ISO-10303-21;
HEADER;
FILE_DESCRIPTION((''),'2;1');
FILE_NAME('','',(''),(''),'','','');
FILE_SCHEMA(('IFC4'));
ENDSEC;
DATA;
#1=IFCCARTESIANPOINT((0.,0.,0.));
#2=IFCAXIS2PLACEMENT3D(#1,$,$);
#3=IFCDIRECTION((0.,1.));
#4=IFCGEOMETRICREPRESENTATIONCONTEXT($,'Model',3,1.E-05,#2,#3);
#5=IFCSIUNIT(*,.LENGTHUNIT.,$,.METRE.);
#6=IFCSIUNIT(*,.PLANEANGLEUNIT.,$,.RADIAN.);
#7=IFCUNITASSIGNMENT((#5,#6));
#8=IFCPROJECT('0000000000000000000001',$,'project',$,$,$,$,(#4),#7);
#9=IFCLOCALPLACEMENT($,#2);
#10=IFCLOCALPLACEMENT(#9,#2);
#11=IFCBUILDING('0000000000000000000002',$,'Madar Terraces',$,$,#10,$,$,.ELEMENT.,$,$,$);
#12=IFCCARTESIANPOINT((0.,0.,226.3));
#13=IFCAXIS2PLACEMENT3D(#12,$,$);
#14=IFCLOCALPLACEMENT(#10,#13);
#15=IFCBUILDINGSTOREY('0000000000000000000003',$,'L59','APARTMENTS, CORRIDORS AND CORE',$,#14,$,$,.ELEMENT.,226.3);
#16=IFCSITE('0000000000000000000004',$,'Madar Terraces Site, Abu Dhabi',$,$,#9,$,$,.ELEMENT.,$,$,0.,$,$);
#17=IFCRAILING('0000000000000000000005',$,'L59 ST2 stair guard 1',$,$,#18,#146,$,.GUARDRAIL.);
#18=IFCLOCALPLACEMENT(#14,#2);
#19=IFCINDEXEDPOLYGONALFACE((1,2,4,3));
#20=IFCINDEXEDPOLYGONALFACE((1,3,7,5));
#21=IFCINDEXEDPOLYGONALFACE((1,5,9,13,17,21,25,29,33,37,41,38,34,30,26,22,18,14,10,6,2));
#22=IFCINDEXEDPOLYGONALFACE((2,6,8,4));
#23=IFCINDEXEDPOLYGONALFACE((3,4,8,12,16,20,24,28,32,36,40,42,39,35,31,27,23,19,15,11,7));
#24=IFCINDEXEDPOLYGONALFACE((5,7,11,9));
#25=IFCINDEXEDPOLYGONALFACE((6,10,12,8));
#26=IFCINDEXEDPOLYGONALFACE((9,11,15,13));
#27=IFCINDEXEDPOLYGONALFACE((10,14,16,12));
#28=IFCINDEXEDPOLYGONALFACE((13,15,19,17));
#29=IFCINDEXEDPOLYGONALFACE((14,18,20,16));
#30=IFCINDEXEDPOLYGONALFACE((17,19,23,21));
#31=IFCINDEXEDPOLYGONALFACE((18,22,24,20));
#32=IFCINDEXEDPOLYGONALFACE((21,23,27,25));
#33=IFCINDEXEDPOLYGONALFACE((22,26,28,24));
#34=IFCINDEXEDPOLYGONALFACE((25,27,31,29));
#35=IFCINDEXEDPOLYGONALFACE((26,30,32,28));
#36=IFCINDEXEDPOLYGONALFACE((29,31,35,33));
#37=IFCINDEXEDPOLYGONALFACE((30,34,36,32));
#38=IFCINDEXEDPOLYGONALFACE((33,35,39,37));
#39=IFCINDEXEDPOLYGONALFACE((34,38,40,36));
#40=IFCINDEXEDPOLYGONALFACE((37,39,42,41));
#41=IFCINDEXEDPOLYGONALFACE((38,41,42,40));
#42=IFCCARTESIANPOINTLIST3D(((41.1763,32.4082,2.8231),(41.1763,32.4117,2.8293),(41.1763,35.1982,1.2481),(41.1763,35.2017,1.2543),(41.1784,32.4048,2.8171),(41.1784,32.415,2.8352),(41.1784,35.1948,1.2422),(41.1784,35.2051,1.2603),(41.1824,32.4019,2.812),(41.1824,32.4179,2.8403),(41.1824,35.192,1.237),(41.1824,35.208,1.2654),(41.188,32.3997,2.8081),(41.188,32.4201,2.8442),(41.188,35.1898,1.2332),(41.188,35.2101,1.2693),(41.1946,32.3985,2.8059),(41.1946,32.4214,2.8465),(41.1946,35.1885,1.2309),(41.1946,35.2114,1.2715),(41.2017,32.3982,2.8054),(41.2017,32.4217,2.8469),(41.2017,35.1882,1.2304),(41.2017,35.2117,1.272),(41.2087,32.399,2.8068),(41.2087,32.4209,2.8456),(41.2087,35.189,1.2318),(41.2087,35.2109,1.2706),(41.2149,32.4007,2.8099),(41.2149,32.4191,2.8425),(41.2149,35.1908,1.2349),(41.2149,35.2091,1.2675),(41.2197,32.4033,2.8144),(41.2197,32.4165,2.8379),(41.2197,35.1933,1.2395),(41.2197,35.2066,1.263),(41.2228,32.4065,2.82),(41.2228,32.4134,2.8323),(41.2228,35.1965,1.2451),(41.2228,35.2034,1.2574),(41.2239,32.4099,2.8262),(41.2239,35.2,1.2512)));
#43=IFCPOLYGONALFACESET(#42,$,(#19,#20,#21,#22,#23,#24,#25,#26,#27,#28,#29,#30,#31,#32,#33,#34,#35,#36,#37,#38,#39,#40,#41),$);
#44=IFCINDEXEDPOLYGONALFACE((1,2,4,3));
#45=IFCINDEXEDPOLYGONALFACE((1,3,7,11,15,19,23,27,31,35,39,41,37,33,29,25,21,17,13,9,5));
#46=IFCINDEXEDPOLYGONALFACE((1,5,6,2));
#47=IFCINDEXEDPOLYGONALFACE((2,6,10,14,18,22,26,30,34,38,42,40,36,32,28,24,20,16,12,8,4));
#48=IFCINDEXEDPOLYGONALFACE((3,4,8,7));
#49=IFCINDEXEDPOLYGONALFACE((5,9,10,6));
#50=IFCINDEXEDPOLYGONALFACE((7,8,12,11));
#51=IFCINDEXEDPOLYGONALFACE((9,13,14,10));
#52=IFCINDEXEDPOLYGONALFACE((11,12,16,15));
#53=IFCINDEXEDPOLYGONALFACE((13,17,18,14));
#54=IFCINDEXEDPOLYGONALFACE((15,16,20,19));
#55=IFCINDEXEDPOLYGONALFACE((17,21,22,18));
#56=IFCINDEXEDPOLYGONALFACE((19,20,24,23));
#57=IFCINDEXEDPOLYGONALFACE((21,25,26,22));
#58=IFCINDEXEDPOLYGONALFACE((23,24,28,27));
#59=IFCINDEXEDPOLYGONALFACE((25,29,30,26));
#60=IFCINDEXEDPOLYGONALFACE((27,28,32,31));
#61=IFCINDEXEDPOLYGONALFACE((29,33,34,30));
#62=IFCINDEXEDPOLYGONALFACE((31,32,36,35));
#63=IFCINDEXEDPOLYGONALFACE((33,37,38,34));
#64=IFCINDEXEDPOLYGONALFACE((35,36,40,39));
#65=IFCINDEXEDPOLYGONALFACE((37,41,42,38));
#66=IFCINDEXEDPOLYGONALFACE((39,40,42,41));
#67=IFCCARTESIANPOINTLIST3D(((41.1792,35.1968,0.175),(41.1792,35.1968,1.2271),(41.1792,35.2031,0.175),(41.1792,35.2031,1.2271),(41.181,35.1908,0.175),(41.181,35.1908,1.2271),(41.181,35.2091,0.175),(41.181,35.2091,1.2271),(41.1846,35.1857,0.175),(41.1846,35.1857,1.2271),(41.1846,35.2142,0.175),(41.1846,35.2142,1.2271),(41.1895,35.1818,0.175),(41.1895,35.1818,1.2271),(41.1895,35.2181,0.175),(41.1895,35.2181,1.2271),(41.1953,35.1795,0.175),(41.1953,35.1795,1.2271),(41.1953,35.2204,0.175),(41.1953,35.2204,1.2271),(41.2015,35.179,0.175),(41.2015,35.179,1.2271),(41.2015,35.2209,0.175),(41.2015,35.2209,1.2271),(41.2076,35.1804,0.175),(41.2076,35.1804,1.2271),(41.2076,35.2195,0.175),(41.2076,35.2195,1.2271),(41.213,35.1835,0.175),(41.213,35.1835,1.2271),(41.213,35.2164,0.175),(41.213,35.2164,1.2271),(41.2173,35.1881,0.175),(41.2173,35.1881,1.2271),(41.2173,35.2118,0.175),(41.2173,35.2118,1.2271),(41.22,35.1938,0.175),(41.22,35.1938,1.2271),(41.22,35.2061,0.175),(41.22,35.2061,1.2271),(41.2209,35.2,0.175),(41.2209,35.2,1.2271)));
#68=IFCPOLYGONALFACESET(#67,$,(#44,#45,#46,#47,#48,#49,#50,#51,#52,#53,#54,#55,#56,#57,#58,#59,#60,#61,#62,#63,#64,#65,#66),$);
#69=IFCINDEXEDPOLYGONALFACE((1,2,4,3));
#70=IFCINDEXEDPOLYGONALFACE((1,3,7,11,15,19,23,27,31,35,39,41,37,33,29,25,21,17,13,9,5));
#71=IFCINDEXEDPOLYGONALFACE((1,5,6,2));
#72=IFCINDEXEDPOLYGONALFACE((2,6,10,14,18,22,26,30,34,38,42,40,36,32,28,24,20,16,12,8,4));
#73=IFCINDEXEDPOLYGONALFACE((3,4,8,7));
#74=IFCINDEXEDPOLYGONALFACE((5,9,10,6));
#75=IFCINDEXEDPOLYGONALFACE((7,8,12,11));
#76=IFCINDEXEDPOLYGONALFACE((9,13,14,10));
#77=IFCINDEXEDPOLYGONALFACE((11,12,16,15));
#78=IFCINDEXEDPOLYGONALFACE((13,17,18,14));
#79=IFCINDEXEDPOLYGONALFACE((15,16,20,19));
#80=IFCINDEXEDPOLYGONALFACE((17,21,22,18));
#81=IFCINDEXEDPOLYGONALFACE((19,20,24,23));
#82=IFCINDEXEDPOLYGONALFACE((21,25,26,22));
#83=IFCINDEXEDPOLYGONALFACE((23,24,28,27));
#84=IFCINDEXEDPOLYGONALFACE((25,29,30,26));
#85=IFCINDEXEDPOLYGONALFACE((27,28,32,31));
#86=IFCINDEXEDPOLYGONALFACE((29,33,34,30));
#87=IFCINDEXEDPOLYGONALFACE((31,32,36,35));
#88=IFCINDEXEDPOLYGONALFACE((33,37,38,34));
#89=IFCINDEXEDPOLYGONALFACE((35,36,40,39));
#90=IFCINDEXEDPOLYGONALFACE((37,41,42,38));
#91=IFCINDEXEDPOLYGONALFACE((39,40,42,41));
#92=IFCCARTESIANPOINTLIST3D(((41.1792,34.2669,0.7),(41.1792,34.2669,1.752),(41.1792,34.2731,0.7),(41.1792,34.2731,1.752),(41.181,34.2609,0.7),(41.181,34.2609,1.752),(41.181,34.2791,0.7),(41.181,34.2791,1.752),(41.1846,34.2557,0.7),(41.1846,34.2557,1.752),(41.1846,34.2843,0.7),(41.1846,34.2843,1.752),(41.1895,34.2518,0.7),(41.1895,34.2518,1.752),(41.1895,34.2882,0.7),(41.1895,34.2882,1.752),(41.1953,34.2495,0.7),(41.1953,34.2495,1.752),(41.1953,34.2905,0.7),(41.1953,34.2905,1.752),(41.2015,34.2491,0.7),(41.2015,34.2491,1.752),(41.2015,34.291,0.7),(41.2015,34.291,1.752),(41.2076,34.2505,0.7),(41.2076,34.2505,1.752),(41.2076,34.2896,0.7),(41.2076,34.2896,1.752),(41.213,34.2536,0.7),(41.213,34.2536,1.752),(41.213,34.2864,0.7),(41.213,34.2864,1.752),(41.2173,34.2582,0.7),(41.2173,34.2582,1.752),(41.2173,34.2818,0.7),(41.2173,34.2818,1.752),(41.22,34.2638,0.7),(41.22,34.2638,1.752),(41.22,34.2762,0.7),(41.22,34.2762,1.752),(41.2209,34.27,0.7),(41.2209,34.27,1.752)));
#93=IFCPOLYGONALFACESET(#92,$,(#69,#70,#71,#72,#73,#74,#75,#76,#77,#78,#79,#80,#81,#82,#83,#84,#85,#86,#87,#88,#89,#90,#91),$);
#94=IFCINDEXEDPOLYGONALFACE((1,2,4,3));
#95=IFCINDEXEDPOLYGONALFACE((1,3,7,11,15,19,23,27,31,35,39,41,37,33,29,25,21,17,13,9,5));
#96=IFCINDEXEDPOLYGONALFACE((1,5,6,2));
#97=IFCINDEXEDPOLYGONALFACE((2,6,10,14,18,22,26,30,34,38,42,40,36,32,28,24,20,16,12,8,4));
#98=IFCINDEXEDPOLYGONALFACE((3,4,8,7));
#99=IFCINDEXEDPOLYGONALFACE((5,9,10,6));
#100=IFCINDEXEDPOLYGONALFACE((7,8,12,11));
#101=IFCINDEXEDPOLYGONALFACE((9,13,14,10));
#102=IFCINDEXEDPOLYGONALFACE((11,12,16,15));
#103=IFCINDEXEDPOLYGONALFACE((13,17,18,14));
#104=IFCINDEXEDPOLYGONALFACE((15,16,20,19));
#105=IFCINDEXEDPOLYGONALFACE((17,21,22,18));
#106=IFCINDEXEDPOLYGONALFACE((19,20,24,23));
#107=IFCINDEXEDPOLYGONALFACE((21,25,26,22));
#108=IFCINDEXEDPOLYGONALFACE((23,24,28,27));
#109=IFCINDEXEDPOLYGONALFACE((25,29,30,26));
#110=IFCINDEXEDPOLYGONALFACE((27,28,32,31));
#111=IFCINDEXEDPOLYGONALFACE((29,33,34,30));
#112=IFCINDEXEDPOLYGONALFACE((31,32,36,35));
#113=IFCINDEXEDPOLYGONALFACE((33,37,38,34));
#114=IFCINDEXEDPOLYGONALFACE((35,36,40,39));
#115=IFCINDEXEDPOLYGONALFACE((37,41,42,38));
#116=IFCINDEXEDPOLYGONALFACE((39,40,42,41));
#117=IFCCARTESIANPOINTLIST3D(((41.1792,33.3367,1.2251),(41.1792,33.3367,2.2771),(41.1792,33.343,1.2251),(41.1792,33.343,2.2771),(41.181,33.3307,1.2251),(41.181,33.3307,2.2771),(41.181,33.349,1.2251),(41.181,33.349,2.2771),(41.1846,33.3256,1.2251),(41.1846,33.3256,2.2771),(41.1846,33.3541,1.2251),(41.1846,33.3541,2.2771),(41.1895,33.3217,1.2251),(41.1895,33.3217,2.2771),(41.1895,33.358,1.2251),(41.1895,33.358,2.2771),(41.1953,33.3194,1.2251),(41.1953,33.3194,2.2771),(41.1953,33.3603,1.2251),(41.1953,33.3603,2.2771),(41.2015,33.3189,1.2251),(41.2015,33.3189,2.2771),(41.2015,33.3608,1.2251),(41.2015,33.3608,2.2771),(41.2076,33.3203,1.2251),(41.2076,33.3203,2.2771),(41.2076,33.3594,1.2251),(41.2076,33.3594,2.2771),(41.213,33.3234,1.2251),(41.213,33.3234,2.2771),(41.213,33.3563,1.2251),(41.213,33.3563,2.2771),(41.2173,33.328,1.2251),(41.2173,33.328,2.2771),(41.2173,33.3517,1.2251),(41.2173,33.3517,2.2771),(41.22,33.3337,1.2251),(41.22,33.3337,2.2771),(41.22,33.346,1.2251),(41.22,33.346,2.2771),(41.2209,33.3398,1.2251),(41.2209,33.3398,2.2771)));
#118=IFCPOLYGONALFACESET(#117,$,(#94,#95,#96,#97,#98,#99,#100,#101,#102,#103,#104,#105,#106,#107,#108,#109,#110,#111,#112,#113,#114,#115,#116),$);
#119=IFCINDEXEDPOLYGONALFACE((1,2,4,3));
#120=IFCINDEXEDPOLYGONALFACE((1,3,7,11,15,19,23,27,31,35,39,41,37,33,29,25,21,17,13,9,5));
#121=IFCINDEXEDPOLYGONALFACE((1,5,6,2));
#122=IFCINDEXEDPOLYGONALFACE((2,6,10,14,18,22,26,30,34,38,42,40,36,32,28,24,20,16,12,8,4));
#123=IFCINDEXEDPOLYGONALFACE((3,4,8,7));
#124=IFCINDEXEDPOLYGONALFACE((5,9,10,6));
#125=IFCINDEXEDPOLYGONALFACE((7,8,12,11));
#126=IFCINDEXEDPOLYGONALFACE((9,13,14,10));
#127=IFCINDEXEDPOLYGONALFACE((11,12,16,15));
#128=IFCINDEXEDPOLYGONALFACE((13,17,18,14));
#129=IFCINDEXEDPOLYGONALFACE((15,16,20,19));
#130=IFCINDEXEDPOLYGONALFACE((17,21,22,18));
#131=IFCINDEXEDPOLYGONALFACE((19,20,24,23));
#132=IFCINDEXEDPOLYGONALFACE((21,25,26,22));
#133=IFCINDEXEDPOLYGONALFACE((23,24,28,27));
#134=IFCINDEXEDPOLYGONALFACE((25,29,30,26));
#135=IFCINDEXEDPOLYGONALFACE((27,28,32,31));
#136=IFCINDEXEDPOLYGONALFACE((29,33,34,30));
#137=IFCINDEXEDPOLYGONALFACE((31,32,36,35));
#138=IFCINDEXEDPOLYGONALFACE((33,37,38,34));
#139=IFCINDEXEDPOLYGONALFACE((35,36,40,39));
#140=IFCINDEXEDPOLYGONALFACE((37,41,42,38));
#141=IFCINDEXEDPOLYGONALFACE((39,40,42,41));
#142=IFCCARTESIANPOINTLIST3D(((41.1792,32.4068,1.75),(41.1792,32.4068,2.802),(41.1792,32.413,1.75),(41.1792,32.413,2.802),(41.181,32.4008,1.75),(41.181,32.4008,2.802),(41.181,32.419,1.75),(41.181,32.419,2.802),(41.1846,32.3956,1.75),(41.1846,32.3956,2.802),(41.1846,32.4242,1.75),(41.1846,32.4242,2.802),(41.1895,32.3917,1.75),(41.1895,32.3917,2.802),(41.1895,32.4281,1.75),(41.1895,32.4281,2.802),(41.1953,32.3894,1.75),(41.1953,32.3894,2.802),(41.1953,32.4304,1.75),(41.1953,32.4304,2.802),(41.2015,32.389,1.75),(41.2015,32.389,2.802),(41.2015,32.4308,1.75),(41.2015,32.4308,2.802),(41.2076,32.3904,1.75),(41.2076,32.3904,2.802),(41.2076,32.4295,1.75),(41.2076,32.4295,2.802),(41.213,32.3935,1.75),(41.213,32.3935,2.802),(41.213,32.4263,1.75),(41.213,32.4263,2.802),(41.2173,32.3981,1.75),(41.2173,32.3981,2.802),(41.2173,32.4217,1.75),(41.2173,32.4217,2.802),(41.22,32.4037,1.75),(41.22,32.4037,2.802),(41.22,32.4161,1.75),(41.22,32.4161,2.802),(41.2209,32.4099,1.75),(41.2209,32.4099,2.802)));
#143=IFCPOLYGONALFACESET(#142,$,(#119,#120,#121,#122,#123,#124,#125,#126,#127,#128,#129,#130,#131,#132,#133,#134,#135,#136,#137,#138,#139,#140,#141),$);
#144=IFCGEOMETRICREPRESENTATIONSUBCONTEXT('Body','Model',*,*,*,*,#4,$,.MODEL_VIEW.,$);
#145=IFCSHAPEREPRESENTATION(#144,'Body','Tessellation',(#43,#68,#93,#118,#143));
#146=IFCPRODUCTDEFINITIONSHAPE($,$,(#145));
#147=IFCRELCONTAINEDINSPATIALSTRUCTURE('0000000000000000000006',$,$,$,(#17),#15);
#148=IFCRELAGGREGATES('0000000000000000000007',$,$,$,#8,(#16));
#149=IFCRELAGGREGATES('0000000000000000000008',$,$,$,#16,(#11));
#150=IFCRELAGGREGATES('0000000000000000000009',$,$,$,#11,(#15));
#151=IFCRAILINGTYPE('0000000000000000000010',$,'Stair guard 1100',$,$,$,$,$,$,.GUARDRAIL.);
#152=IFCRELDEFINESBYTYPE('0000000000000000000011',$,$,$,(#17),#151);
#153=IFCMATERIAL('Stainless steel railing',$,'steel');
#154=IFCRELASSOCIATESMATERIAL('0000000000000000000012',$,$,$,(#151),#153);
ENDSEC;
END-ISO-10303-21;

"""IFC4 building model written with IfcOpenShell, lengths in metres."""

from ifc_helpers import new_model, si_unit, direction, frame, origin, origin_2d, place, context, subcontext, project, spatial, circle, extrude, material, type_object, element, save


model = new_model("IFC4")

# Units and contexts
model_context = context("Model", 3, precision=1e-05, world=origin(), true_north=direction((0.0, 1.0)))
body_context = subcontext(model_context, "Body", "Model", "MODEL_VIEW")
ifc_project = project(units=[si_unit("LENGTHUNIT", "METRE"), si_unit("PLANEANGLEUNIT", "RADIAN")], contexts=[model_context])

# Site, building, storey
site_placement = place(None, origin())
site = spatial("IfcSite", under=ifc_project, at=site_placement, Name="Madar Terraces Site, Abu Dhabi", CompositionType="ELEMENT", RefElevation=0.0)
building_placement = place(site_placement, origin())
building = spatial("IfcBuilding", under=site, at=building_placement, Name="Madar Terraces", CompositionType="ELEMENT")
storey_placement = place(building_placement, frame((0.0, 0.0, 226.3)))
storey = spatial("IfcBuildingStorey", under=building, at=storey_placement, Name="L59", Description="APARTMENTS, CORRIDORS AND CORE", CompositionType="ELEMENT", Elevation=226.3)

# Railing
ifc_material_1 = material(Name="Stainless steel railing", Category="steel")
railing_type = type_object("IfcRailingType", Name="Stair guard 1100", PredefinedType="GUARDRAIL", material=ifc_material_1)
railing_1_placement = place(storey_placement, frame((41.2, 35.2, 0.175)))
element("IfcRailing", 1, at=railing_1_placement, inside=storey, type_object=railing_type, Name="L59 ST2 stair guard 1", PredefinedType="GUARDRAIL", context=body_context, shape_type="SweptSolid", body=[
    extrude(circle(Radius=0.0239, at=origin_2d()), frame((0.0, 0.0, 1.0762), z_axis=(0.0, -0.870834, 0.491578), x_axis=(1.0, 0.0, 0.0)), (0.0, 0.0, 1.0), 3.2039),
    extrude(circle(Radius=0.021, at=origin_2d()), origin(), (0.0, 0.0, 1.0), 1.052),
    extrude(circle(Radius=0.021, at=origin_2d()), frame((0.0, -0.9299, 0.5249)), (0.0, 0.0, 1.0), 1.052),
    extrude(circle(Radius=0.021, at=origin_2d()), frame((0.0, -1.8601, 1.05)), (0.0, 0.0, 1.0), 1.052),
    extrude(circle(Radius=0.021, at=origin_2d()), frame((0.0, -2.79, 1.575)), (0.0, 0.0, 1.0), 1.052),
])

save(model, "model.ifc")
